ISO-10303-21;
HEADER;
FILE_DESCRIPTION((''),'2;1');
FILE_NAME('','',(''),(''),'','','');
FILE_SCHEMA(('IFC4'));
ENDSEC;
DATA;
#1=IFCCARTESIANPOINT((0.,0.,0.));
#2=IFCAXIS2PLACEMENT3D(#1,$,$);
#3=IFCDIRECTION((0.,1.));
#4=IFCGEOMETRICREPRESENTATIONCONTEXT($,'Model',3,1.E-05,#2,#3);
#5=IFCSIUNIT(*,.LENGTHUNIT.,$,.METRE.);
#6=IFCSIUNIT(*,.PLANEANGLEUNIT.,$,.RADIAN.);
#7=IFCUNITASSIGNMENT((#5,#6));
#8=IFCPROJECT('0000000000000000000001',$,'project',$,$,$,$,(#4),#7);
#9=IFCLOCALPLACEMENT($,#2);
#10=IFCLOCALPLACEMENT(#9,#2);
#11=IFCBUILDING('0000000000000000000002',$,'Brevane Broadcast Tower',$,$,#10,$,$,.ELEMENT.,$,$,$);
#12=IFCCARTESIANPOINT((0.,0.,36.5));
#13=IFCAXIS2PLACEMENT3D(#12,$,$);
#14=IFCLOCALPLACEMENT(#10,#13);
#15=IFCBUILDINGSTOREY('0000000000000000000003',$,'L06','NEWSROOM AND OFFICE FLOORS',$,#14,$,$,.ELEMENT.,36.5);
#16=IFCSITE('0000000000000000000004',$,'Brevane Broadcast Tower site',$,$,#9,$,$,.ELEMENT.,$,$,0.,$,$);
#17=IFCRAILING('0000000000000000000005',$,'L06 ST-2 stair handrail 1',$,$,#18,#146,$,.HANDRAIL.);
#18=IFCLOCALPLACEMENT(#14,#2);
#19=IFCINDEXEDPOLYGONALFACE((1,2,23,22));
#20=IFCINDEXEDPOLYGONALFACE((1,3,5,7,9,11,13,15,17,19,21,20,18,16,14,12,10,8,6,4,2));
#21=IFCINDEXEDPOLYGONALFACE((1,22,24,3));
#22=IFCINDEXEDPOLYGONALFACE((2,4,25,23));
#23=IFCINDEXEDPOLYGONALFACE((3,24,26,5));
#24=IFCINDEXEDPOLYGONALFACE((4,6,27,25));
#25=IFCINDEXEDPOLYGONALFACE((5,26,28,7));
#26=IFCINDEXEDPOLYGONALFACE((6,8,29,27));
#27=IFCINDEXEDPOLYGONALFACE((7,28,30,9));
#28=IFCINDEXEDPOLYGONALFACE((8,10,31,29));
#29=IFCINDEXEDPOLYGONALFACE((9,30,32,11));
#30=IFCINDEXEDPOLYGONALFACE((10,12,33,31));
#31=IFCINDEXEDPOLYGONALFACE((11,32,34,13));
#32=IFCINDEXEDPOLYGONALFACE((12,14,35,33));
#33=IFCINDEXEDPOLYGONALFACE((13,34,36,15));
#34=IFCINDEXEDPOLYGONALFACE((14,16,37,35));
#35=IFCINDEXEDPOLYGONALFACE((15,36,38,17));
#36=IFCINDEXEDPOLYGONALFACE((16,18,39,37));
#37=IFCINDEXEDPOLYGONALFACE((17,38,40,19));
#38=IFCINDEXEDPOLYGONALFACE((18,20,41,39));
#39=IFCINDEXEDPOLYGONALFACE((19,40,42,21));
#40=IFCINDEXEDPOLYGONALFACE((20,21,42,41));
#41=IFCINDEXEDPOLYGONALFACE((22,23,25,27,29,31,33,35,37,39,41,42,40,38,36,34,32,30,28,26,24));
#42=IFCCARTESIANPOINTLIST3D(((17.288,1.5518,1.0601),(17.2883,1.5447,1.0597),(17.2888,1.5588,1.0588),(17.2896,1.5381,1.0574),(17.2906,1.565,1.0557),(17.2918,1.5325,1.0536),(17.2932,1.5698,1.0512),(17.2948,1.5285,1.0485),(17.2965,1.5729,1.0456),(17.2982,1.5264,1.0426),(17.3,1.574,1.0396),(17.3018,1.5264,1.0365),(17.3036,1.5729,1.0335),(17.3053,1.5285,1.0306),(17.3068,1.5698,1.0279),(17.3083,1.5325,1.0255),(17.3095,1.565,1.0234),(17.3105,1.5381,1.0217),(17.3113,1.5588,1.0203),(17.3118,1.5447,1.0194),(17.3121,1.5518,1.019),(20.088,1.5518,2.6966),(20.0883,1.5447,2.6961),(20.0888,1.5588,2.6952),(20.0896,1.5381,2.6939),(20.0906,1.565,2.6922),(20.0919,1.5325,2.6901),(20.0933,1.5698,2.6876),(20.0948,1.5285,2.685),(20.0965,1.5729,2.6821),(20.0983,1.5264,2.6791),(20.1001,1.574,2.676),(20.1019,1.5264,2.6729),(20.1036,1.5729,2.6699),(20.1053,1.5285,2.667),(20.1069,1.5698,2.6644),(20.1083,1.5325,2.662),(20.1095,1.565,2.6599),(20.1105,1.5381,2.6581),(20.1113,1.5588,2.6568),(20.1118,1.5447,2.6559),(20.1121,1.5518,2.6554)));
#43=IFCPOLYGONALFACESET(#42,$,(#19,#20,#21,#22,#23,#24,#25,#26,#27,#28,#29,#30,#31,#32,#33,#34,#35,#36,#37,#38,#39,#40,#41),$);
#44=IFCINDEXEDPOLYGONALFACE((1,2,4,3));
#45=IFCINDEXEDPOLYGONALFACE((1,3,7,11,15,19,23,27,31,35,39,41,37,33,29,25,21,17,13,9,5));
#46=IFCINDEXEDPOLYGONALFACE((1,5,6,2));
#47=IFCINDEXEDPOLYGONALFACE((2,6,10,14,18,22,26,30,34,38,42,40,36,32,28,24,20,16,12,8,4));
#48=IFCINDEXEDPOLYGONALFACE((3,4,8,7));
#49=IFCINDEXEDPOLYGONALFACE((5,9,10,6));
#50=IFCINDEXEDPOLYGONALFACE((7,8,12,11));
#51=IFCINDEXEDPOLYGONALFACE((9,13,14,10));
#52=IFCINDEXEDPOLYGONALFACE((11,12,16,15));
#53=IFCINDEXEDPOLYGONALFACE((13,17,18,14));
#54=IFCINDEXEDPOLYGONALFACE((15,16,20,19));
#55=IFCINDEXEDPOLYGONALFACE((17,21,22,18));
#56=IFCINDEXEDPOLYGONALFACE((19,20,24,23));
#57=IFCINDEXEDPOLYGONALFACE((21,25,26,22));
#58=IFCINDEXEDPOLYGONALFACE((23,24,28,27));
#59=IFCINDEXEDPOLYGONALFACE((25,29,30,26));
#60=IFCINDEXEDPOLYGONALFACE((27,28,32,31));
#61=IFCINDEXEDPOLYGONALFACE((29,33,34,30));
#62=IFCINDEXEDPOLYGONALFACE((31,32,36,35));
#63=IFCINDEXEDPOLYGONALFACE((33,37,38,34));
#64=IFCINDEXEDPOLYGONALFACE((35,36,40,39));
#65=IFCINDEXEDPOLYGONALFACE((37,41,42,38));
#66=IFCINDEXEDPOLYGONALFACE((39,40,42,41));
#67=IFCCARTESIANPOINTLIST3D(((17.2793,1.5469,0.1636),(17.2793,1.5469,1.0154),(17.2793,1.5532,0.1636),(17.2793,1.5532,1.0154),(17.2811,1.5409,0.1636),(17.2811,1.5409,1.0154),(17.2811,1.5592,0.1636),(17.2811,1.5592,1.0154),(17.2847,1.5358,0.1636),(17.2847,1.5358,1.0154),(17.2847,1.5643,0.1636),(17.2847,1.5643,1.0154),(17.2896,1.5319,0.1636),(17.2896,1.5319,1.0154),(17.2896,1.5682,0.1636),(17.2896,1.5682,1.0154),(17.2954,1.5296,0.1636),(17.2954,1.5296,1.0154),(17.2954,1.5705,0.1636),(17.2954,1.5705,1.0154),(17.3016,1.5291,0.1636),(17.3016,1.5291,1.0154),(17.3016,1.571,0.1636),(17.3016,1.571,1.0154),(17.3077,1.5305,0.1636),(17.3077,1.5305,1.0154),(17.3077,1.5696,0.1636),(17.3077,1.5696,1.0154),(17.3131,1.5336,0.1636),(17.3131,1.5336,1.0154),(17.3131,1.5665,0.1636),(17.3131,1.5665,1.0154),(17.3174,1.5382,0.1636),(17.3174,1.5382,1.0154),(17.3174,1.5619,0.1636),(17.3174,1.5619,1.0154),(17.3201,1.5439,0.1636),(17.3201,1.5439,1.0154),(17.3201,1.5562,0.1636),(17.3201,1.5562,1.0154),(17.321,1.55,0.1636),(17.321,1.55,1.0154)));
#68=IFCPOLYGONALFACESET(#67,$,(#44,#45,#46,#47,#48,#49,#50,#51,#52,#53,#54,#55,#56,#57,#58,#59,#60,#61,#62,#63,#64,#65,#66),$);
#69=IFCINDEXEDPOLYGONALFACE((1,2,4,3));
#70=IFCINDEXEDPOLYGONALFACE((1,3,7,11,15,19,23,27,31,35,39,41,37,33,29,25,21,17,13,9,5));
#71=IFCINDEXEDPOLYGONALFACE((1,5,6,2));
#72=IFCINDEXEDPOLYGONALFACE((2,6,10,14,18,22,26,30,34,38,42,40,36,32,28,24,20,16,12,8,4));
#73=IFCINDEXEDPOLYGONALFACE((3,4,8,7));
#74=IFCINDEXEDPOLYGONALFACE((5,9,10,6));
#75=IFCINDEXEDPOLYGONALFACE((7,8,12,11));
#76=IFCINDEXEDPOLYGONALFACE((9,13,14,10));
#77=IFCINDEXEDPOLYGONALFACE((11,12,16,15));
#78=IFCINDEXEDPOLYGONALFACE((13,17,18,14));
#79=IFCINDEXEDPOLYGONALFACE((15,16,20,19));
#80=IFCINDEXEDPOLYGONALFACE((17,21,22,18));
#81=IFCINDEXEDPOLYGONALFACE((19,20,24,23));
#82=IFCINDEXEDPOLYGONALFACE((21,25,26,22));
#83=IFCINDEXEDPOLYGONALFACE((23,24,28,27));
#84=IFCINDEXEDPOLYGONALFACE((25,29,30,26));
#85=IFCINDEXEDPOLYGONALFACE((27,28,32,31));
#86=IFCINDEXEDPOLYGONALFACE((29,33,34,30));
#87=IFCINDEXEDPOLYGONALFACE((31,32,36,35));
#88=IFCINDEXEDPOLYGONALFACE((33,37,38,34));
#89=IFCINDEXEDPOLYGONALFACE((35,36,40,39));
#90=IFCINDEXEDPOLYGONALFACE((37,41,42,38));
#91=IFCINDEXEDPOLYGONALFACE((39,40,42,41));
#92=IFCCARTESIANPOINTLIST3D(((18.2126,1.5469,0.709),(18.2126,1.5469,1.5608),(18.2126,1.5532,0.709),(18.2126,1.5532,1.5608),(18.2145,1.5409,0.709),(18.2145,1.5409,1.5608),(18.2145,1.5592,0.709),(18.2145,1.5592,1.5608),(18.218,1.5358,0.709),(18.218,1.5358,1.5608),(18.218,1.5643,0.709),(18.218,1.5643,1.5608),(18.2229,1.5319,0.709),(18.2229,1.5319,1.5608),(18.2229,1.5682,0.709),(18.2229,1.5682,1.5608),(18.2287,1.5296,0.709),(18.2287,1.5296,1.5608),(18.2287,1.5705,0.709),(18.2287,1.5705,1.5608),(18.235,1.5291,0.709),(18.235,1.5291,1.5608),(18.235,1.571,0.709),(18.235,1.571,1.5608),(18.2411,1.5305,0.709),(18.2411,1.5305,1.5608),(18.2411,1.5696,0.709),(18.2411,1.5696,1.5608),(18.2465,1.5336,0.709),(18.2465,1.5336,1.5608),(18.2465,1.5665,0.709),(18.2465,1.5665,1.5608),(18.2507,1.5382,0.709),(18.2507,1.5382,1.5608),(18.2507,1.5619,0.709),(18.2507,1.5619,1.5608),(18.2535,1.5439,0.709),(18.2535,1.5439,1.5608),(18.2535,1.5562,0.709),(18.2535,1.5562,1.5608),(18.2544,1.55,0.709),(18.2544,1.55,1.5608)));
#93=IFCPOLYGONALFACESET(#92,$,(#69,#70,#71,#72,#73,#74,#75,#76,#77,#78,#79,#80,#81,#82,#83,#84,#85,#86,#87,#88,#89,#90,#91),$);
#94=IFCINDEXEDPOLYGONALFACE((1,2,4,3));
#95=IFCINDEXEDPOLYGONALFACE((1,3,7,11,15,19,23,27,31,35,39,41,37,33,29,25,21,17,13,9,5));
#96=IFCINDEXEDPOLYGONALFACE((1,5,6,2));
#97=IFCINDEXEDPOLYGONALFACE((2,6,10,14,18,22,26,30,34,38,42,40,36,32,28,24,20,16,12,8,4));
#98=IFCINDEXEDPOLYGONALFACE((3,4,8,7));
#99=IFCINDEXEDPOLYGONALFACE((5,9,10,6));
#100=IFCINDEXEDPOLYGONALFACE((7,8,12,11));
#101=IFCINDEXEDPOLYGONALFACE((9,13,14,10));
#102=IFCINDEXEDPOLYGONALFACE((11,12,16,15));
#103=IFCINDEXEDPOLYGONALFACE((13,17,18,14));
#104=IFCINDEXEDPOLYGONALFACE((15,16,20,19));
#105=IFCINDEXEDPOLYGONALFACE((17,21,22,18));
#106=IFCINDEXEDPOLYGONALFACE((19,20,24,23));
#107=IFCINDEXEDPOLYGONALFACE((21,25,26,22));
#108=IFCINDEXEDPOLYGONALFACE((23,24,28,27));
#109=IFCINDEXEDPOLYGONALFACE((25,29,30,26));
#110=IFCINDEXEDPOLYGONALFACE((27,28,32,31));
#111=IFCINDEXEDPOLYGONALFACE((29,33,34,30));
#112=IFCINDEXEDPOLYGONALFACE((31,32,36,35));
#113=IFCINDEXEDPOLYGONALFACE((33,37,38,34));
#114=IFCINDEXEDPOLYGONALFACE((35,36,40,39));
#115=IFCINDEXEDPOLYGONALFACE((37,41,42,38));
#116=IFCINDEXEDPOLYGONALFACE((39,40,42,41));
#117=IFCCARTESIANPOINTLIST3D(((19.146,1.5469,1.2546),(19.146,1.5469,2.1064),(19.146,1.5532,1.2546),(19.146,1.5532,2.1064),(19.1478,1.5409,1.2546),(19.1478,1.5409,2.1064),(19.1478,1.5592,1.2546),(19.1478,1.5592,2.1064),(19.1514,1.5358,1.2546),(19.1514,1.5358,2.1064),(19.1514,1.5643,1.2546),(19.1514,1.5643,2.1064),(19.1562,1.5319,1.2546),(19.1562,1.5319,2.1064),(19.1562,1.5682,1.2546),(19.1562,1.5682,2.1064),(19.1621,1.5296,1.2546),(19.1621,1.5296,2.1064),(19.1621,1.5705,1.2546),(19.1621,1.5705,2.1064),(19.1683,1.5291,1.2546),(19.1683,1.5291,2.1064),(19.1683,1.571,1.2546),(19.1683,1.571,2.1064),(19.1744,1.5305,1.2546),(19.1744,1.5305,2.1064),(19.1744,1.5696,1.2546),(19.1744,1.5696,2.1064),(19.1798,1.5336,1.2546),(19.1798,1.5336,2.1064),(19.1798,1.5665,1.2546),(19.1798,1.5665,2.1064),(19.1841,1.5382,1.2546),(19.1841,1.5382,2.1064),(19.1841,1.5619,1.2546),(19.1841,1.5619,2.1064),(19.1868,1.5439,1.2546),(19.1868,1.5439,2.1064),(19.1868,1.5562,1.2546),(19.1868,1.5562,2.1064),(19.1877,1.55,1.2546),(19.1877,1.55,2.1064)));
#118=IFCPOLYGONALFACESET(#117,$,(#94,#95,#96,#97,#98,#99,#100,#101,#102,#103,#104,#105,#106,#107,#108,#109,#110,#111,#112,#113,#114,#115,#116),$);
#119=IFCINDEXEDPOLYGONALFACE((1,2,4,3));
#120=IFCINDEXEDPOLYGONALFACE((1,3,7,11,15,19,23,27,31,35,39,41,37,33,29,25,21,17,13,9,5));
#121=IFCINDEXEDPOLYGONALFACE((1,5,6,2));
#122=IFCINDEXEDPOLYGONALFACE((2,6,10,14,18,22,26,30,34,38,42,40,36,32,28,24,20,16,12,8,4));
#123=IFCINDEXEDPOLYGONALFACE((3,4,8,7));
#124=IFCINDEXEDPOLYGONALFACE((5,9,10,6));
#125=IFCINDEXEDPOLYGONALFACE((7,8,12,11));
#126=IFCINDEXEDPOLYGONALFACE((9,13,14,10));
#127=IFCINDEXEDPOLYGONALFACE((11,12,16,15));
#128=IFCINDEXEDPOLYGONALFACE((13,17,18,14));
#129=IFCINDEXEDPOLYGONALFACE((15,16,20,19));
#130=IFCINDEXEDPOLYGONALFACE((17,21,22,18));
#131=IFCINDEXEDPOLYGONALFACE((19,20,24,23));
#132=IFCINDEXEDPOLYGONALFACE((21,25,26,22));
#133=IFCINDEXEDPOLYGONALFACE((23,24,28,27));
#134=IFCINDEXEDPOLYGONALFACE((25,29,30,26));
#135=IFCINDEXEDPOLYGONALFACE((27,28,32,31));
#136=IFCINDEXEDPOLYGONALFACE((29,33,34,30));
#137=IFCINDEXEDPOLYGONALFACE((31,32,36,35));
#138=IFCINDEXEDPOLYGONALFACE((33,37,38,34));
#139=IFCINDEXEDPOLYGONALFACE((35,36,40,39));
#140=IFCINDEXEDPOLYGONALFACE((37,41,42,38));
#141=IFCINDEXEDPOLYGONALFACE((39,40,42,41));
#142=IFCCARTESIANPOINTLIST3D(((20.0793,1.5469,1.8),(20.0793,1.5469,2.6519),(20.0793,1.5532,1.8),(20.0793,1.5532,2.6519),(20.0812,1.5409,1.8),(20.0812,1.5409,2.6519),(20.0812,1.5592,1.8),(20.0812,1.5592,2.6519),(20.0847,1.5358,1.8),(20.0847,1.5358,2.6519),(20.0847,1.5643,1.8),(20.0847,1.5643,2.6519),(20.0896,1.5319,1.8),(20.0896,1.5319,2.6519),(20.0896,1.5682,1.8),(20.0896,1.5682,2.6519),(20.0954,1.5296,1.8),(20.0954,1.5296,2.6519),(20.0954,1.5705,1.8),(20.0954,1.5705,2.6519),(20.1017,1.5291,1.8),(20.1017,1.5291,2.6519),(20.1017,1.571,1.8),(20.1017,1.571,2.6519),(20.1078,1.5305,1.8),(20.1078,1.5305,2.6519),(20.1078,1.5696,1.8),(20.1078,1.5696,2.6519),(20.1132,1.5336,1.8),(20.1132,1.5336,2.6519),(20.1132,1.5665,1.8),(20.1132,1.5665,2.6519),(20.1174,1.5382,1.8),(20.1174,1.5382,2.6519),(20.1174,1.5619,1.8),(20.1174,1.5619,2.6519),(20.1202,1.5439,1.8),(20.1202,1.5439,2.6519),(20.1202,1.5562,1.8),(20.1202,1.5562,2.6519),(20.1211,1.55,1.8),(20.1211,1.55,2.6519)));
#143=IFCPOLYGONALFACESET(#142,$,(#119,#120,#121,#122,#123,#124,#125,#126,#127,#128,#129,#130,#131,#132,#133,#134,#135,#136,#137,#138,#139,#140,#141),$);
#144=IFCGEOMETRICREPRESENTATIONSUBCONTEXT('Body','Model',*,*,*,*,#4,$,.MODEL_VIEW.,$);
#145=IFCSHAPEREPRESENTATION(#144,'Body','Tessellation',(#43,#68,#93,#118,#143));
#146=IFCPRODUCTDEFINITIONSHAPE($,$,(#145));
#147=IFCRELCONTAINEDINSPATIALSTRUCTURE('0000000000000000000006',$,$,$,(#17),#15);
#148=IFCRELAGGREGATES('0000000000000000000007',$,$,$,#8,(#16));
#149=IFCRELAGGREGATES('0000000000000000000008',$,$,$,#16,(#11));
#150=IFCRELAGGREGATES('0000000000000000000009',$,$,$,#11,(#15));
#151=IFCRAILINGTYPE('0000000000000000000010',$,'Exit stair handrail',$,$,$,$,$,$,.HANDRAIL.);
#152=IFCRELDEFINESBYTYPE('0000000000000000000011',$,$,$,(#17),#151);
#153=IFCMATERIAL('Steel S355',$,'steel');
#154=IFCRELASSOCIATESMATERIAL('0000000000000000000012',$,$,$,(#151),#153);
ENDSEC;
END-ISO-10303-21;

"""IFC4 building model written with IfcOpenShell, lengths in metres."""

from ifc_helpers import new_model, si_unit, direction, frame, origin, origin_2d, place, context, subcontext, project, spatial, circle, extrude, material, type_object, element, save


model = new_model("IFC4")

# Units and contexts
model_context = context("Model", 3, precision=1e-05, world=origin(), true_north=direction((0.0, 1.0)))
body_context = subcontext(model_context, "Body", "Model", "MODEL_VIEW")
ifc_project = project(units=[si_unit("LENGTHUNIT", "METRE"), si_unit("PLANEANGLEUNIT", "RADIAN")], contexts=[model_context])

# Site, building, storey
site_placement = place(None, origin())
site = spatial("IfcSite", under=ifc_project, at=site_placement, Name="Brevane Broadcast Tower site", CompositionType="ELEMENT", RefElevation=0.0)
building_placement = place(site_placement, origin())
building = spatial("IfcBuilding", under=site, at=building_placement, Name="Brevane Broadcast Tower", CompositionType="ELEMENT")
storey_placement = place(building_placement, frame((0.0, 0.0, 36.5)))
storey = spatial("IfcBuildingStorey", under=building, at=storey_placement, Name="L06", Description="NEWSROOM AND OFFICE FLOORS", CompositionType="ELEMENT", Elevation=36.5)

# Railing
ifc_material_1 = material(Name="Steel S355", Category="steel")
railing_type_1 = type_object("IfcRailingType", Name="Exit stair handrail", PredefinedType="HANDRAIL", material=ifc_material_1)
railing_1_placement = place(storey_placement, frame((17.3, 1.55, 0.1636)))
element("IfcRailing", 1, at=railing_1_placement, inside=storey, type_object=railing_type_1, Name="L06 ST-2 stair handrail 1", PredefinedType="HANDRAIL", context=body_context, shape_type="SweptSolid", body=[
    extrude(circle(Radius=0.0239, at=origin_2d()), frame((0.0, 0.0, 0.876), z_axis=(0.863361, 0.0, 0.504587), x_axis=(0.0, 1.0, 0.0)), (0.0, 0.0, 1.0), 3.2432),
    extrude(circle(Radius=0.021, at=origin_2d()), origin(), (0.0, 0.0, 1.0), 0.8518),
    extrude(circle(Radius=0.021, at=origin_2d()), frame((0.9333, 0.0, 0.5454)), (0.0, 0.0, 1.0), 0.8518),
    extrude(circle(Radius=0.021, at=origin_2d()), frame((1.8667, 0.0, 1.0911)), (0.0, 0.0, 1.0), 0.8518),
    extrude(circle(Radius=0.021, at=origin_2d()), frame((2.8, 0.0, 1.6365)), (0.0, 0.0, 1.0), 0.8518),
])

save(model, "model.ifc")
